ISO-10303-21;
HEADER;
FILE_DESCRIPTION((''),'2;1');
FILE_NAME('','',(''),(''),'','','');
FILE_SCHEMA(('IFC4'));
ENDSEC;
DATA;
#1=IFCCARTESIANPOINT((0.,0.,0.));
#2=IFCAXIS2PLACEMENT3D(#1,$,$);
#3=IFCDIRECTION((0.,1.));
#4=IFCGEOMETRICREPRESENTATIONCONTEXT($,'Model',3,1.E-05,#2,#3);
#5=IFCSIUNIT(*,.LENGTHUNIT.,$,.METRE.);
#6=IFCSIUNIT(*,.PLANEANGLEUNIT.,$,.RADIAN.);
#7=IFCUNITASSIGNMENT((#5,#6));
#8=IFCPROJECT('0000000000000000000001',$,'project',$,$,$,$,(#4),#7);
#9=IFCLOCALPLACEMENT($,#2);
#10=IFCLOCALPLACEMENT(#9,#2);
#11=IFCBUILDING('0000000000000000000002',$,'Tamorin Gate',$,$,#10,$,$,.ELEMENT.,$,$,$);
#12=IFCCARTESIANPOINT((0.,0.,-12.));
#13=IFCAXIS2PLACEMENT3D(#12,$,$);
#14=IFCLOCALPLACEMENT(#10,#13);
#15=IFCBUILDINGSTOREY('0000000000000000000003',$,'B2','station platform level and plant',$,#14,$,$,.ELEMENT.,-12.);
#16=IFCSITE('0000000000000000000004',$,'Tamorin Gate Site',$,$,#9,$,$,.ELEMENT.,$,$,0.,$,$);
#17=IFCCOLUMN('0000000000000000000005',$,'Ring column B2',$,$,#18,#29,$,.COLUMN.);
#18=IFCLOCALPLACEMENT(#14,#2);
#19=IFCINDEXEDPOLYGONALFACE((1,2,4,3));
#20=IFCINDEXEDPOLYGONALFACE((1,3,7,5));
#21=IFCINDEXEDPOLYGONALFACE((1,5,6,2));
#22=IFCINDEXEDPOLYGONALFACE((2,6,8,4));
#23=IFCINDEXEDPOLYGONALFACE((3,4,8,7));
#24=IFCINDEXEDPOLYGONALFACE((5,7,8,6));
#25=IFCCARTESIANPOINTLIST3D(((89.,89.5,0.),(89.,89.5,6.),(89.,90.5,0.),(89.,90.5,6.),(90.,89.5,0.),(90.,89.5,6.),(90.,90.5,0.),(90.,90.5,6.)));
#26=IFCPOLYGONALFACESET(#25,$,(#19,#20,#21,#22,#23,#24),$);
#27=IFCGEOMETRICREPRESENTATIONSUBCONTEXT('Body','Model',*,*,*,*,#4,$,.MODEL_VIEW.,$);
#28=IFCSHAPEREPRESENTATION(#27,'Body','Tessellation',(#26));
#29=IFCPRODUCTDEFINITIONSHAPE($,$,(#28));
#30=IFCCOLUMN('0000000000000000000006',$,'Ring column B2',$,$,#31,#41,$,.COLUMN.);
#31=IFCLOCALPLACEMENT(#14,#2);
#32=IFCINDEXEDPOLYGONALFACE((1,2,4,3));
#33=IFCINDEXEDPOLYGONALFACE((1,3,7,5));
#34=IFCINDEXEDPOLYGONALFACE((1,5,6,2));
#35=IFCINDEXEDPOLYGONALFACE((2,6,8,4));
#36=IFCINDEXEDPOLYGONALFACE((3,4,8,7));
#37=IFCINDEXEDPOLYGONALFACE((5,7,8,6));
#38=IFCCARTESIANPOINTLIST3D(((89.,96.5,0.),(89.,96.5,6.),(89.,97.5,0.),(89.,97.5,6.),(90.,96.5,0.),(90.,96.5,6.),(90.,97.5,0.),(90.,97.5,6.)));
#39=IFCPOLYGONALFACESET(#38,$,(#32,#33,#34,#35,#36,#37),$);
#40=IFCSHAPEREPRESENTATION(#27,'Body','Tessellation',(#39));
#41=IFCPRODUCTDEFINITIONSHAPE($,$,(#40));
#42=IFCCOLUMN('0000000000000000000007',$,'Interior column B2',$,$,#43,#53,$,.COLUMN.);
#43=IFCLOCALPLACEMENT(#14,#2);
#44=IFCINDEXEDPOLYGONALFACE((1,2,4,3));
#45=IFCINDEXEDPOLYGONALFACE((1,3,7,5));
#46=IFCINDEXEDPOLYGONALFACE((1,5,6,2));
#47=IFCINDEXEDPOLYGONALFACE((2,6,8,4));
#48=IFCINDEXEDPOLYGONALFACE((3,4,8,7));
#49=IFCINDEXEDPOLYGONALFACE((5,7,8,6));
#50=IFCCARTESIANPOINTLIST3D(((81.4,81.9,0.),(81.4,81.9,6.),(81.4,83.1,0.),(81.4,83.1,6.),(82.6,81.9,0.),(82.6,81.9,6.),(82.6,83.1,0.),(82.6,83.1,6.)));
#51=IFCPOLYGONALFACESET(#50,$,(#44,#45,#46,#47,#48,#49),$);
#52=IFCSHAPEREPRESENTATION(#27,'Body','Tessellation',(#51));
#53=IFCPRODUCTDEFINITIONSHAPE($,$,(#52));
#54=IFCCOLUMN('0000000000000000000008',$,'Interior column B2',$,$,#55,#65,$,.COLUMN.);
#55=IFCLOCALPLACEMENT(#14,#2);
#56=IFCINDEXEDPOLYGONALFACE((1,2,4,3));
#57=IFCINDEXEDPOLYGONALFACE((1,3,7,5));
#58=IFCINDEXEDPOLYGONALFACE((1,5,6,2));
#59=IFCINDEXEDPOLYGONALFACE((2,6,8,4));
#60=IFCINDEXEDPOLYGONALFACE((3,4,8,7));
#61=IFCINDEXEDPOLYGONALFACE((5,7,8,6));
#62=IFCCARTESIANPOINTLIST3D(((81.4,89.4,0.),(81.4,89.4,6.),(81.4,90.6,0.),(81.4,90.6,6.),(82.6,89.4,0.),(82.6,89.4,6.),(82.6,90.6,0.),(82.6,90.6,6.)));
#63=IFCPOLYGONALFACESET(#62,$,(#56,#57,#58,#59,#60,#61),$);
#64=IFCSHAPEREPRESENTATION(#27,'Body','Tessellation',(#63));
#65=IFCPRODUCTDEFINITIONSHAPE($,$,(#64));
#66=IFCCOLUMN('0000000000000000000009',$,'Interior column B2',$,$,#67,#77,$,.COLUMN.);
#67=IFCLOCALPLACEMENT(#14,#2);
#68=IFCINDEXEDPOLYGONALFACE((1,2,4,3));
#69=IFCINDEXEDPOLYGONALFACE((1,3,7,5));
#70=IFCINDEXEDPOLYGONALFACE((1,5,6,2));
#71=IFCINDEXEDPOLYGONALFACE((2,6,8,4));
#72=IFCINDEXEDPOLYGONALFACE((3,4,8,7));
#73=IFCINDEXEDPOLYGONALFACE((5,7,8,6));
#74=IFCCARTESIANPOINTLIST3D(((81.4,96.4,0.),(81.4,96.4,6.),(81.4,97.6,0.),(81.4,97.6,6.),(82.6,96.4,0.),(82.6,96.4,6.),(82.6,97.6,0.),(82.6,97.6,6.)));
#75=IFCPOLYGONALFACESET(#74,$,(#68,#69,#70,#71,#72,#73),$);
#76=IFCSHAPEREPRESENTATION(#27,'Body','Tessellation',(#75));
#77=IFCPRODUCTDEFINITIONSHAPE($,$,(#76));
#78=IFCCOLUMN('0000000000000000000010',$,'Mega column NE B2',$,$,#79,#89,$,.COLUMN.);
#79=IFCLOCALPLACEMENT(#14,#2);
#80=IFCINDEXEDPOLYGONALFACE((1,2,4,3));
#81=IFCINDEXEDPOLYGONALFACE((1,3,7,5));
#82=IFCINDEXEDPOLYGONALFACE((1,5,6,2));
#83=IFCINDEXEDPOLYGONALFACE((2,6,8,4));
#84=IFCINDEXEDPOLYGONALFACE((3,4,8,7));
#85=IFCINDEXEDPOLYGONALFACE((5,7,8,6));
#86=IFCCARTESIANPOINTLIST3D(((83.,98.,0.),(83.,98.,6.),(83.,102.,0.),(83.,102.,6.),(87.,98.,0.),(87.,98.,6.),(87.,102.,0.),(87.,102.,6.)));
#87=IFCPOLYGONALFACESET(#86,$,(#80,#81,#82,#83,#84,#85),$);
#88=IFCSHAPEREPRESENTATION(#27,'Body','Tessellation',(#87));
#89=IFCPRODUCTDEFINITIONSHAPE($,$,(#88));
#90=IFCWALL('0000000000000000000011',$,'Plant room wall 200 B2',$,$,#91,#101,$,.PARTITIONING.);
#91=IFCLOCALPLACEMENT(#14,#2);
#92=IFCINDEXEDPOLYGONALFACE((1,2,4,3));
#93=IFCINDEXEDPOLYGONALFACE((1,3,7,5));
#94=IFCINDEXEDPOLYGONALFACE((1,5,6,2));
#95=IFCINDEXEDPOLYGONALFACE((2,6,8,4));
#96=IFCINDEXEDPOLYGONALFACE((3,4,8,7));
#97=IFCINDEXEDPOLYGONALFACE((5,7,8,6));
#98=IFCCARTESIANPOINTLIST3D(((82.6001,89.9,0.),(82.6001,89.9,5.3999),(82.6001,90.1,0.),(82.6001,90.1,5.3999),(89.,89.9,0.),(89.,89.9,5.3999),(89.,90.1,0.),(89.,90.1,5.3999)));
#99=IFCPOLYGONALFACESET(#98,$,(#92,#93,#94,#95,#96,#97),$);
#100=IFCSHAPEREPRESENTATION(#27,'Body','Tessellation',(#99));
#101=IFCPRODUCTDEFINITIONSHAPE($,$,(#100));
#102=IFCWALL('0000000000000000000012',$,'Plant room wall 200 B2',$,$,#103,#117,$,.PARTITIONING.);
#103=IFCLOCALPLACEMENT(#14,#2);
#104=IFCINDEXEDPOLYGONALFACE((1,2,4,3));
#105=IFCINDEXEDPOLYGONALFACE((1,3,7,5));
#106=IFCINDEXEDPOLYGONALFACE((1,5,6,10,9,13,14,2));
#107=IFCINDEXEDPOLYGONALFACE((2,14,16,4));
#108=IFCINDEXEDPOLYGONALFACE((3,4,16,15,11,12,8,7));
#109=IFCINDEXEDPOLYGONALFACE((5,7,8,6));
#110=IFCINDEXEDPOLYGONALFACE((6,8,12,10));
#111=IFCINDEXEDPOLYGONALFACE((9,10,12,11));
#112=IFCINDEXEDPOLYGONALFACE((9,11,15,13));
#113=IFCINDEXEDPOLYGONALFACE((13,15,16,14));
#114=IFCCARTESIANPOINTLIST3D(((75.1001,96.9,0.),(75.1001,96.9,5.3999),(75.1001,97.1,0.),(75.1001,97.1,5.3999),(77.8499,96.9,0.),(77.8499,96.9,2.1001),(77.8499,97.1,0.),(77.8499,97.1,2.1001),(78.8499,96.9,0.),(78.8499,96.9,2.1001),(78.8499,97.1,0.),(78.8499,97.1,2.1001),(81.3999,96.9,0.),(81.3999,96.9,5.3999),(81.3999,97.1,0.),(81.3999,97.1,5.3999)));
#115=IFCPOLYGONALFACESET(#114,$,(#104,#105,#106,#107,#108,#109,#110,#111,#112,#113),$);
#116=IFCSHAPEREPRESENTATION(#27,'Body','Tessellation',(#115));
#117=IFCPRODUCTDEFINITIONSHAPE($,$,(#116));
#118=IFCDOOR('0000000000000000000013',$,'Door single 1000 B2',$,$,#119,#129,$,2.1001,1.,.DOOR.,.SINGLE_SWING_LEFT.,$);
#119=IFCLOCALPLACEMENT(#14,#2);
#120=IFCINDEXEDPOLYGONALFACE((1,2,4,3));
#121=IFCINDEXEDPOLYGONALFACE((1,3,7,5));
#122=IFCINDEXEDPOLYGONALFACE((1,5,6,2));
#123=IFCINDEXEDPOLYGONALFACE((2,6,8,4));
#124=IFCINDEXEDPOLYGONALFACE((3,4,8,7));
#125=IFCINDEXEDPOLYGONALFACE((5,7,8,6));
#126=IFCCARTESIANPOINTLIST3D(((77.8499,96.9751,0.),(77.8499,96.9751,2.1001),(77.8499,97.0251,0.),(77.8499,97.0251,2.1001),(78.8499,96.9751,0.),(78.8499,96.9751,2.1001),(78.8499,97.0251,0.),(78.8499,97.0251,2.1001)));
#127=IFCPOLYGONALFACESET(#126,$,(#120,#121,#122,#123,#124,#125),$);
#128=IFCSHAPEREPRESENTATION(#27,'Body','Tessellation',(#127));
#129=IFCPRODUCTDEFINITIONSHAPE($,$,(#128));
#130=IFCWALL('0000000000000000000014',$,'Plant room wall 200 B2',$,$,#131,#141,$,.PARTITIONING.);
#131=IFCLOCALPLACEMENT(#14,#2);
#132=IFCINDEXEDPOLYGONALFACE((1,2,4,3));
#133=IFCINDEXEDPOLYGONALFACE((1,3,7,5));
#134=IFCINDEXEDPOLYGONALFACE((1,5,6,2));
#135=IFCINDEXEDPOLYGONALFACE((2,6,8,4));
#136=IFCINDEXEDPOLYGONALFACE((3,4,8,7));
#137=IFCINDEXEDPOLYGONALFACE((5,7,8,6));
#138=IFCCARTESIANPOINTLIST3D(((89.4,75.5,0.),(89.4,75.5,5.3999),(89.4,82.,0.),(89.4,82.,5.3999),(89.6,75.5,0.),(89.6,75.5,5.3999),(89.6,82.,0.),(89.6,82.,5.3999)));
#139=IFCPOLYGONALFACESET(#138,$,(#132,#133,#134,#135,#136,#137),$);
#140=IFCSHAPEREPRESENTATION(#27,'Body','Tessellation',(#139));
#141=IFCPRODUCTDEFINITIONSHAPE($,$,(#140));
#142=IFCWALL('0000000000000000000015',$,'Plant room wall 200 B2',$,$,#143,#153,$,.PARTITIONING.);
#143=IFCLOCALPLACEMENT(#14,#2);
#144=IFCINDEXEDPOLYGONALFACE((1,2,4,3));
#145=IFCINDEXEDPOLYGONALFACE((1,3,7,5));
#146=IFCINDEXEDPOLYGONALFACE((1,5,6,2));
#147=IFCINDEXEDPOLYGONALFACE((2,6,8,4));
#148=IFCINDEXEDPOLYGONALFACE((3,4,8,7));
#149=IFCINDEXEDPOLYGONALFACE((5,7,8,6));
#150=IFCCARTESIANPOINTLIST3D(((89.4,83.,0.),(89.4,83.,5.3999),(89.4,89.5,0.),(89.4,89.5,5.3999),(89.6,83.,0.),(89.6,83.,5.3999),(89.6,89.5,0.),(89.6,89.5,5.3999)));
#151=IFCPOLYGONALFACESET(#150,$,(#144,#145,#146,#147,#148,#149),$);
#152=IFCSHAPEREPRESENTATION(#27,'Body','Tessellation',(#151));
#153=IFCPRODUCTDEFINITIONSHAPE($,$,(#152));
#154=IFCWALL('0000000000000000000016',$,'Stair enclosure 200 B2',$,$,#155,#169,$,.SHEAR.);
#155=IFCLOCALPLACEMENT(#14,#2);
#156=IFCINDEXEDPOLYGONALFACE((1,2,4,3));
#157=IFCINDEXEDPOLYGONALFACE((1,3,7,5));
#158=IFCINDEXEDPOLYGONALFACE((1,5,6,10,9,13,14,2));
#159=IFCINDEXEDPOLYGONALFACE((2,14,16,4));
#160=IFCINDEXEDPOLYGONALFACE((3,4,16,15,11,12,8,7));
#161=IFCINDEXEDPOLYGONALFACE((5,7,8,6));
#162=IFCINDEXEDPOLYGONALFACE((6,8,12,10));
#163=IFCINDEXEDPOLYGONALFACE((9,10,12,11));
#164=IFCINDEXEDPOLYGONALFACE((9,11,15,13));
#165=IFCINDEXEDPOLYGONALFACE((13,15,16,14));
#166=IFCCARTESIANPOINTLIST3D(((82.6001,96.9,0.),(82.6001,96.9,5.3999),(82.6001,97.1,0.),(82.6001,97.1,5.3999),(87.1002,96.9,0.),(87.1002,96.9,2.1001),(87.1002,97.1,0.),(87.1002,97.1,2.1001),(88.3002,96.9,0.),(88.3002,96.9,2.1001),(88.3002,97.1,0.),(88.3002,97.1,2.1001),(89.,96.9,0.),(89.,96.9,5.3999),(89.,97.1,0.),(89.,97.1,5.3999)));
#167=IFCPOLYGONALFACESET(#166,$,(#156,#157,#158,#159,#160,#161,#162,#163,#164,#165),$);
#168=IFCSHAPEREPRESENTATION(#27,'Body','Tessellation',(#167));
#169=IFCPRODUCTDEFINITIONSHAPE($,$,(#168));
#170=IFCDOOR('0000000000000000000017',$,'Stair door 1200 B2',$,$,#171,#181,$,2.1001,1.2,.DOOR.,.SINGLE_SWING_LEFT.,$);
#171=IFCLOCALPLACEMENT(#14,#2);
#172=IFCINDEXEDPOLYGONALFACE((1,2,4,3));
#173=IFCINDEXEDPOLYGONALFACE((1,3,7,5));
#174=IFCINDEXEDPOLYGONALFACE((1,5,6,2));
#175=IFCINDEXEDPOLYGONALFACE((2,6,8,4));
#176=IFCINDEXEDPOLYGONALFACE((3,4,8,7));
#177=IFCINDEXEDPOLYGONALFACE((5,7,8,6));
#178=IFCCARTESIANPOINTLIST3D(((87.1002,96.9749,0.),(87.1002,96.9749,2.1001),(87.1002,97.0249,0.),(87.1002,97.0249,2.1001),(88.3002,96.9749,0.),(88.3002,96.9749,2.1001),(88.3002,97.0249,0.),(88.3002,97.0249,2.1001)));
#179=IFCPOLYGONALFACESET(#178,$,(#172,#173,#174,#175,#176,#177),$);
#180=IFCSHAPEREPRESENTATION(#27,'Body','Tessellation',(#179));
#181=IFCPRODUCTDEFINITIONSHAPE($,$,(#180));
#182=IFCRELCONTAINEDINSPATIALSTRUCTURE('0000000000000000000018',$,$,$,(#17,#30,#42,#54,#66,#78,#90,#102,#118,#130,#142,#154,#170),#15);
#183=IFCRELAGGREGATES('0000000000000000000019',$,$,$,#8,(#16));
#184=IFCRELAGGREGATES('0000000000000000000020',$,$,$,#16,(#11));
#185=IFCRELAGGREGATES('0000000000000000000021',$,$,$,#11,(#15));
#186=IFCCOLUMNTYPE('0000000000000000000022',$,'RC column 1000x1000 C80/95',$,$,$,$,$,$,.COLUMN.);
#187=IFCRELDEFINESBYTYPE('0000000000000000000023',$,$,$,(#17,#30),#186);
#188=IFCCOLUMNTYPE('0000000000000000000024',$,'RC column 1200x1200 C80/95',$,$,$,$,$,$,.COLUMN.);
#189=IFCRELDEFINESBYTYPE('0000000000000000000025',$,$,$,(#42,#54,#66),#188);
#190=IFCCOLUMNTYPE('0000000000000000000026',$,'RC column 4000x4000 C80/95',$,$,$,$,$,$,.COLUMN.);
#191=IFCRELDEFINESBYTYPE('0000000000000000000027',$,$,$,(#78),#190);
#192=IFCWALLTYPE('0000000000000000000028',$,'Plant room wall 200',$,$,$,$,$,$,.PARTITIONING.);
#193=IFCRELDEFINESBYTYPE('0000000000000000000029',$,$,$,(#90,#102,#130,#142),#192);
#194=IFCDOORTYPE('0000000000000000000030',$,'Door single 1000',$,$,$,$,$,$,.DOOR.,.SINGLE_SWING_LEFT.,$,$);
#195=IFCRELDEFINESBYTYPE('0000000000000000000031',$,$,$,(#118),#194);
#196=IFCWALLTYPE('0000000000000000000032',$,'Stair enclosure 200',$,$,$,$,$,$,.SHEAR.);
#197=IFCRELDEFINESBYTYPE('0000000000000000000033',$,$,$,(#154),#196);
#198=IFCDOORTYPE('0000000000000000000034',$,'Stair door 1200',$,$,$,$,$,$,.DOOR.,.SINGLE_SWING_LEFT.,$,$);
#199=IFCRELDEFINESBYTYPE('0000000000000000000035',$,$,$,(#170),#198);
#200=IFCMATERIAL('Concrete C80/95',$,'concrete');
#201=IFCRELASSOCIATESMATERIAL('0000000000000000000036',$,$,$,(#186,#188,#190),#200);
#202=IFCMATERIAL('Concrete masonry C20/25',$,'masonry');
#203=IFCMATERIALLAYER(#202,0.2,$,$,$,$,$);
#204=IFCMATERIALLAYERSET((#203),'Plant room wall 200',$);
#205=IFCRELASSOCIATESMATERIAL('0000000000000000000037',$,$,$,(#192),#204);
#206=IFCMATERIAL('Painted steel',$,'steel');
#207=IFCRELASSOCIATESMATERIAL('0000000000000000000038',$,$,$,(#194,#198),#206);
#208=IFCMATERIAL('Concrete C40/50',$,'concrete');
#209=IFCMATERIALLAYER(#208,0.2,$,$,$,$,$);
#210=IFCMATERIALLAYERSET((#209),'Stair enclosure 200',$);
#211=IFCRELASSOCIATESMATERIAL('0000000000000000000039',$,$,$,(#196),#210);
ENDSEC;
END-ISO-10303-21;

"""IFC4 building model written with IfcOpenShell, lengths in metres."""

from ifc_helpers import new_model, si_unit, direction, frame, frame_2d, origin, origin_2d, place, context, subcontext, project, spatial, rectangle, extrude, material, layer, layer_set, material_profile, profile_set, type_object, element, fill, save


model = new_model("IFC4")

# Units and contexts
model_context = context("Model", 3, precision=1e-05, world=origin(), true_north=direction((0.0, 1.0)))
body_context = subcontext(model_context, "Body", "Model", "MODEL_VIEW")
ifc_project = project(units=[si_unit("LENGTHUNIT", "METRE"), si_unit("PLANEANGLEUNIT", "RADIAN")], contexts=[model_context])

# Site, building, storey
site_placement = place(None, origin())
site = spatial("IfcSite", under=ifc_project, at=site_placement, Name="Tamorin Gate Site", CompositionType="ELEMENT", RefElevation=0.0)
building_placement = place(site_placement, origin())
building = spatial("IfcBuilding", under=site, at=building_placement, Name="Tamorin Gate", CompositionType="ELEMENT")
storey_placement = place(building_placement, frame((0.0, 0.0, -12.0)))
storey = spatial("IfcBuildingStorey", under=building, at=storey_placement, Name="B2", Description="station platform level and plant", CompositionType="ELEMENT", Elevation=-12.0)

# Shared definitions
ifc_material_1 = material(Name="Concrete C40/50", Category="concrete")

# Columns
ifc_material_2 = material(Name="Concrete C80/95", Category="concrete")
ifc_material_profile_1 = material_profile(ifc_material_2, rectangle(XDim=1.0, YDim=1.0, at=origin_2d()), Name="RC 1000x1000")
ifc_profile_set_1 = profile_set([ifc_material_profile_1], Name="Concrete C80/95")
column_type_1 = type_object("IfcColumnType", Name="RC column 1000x1000 C80/95", PredefinedType="COLUMN", material=ifc_profile_set_1)
for number, where, z_axis, x_axis, name in (
    (1, (89.5, 90.0, 0.0), (0.0, 0.0, 1.0), (1.0, 0.0, 0.0), "Ring column B2"),
    (2, (89.5, 97.0, 0.0), (0.0, 0.0, 1.0), (1.0, 0.0, 0.0), "Ring column B2"),
):
    element("IfcColumn", number, at=place(storey_placement, frame(where, z_axis=z_axis, x_axis=x_axis)), inside=storey, type_object=column_type_1, Name=name, PredefinedType="COLUMN", context=body_context, shape_type="SweptSolid", body=[
        extrude(rectangle(XDim=1.0, YDim=1.0, at=origin_2d()), origin(), (0.0, 0.0, 1.0), 6.0),
    ])
ifc_material_profile_2 = material_profile(ifc_material_2, rectangle(XDim=1.2, YDim=1.2, at=origin_2d()), Name="RC 1200x1200")
ifc_profile_set_2 = profile_set([ifc_material_profile_2], Name="Concrete C80/95")
column_type_2 = type_object("IfcColumnType", Name="RC column 1200x1200 C80/95", PredefinedType="COLUMN", material=ifc_profile_set_2)
for number, where, z_axis, x_axis, name in (
    (3, (82.0, 82.5, 0.0), (0.0, 0.0, 1.0), (1.0, 0.0, 0.0), "Interior column B2"),
    (4, (82.0, 90.0, 0.0), (0.0, 0.0, 1.0), (1.0, 0.0, 0.0), "Interior column B2"),
    (5, (82.0, 97.0, 0.0), (0.0, 0.0, 1.0), (1.0, 0.0, 0.0), "Interior column B2"),
):
    element("IfcColumn", number, at=place(storey_placement, frame(where, z_axis=z_axis, x_axis=x_axis)), inside=storey, type_object=column_type_2, Name=name, PredefinedType="COLUMN", context=body_context, shape_type="SweptSolid", body=[
        extrude(rectangle(XDim=1.2, YDim=1.2, at=origin_2d()), origin(), (0.0, 0.0, 1.0), 6.0),
    ])
ifc_material_profile_3 = material_profile(ifc_material_2, rectangle(XDim=4.0, YDim=4.0, at=origin_2d()), Name="RC 4000x4000")
ifc_profile_set_3 = profile_set([ifc_material_profile_3], Name="Concrete C80/95")
column_type_3 = type_object("IfcColumnType", Name="RC column 4000x4000 C80/95", PredefinedType="COLUMN", material=ifc_profile_set_3)
column_placement = place(storey_placement, frame((85.0, 100.0, 0.0), z_axis=(0.0, 0.0, 1.0), x_axis=(1.0, 0.0, 0.0)))
element("IfcColumn", 6, at=column_placement, inside=storey, type_object=column_type_3, Name="Mega column NE B2", PredefinedType="COLUMN", context=body_context, shape_type="SweptSolid", body=[
    extrude(rectangle(XDim=4.0, YDim=4.0, at=origin_2d()), origin(), (0.0, 0.0, 1.0), 6.0),
])

# Wall
ifc_material_3 = material(Name="Concrete masonry C20/25", Category="masonry")
ifc_layer_1 = layer(ifc_material_3, 0.2)
ifc_layer_set_1 = layer_set([ifc_layer_1], Name="Plant room wall 200")
wall_type_1 = type_object("IfcWallType", Name="Plant room wall 200", PredefinedType="PARTITIONING", material=ifc_layer_set_1)
wall_1_placement = place(storey_placement, frame((82.6001, 90.0, 0.0), z_axis=(0.0, 0.0, 1.0), x_axis=(1.0, 0.0, 0.0)))
element("IfcWall", 7, at=wall_1_placement, inside=storey, type_object=wall_type_1, Name="Plant room wall 200 B2", PredefinedType="PARTITIONING", context=body_context, shape_type="SweptSolid", body=[
    extrude(rectangle(XDim=6.3999, YDim=0.2, at=frame_2d((3.2, 0.0))), origin(), (0.0, 0.0, 1.0), 5.3999),
])

# Wall, opening, door
wall_2_placement = place(storey_placement, frame((81.3999, 97.0, 0.0), z_axis=(0.0, 0.0, 1.0), x_axis=(-1.0, 0.0, 0.0)))
wall_2 = element("IfcWall", 8, at=wall_2_placement, inside=storey, type_object=wall_type_1, Name="Plant room wall 200 B2", PredefinedType="PARTITIONING", context=body_context, shape_type="SweptSolid", body=[
    extrude(rectangle(XDim=6.2998, YDim=0.2, at=frame_2d((3.1499, 0.0))), origin(), (0.0, 0.0, 1.0), 5.3999),
])
opening_1_placement = place(wall_2_placement, frame((2.55, 0.0, 0.0)))
opening_1 = element("IfcOpeningElement", 9, at=opening_1_placement, cuts=wall_2, PredefinedType="OPENING", context=body_context, shape_type="SweptSolid", body=[
    extrude(rectangle(XDim=1.0, YDim=2.1001, at=frame_2d((0.5, 1.05))), frame((0.0, 0.1099, 0.0), z_axis=(0.0, -1.0, 0.0), x_axis=(1.0, 0.0, 0.0)), (0.0, 0.0, 1.0), 0.22),
])
ifc_material_4 = material(Name="Painted steel", Category="steel")
door_type_1 = type_object("IfcDoorType", Name="Door single 1000", OperationType="SINGLE_SWING_LEFT", PredefinedType="DOOR", material=ifc_material_4)
door_1_placement = place(opening_1_placement, origin())
door_1 = element("IfcDoor", 10, at=door_1_placement, inside=storey, type_object=door_type_1, Name="Door single 1000 B2", OperationType="SINGLE_SWING_LEFT", OverallHeight=2.1001, OverallWidth=1.0, PredefinedType="DOOR", context=body_context, shape_type="SweptSolid", body=[
    extrude(rectangle(XDim=1.0, YDim=2.1001, at=frame_2d((0.5, 1.05))), frame((0.0, 0.0249, 0.0), z_axis=(0.0, -1.0, 0.0), x_axis=(1.0, 0.0, 0.0)), (0.0, 0.0, 1.0), 0.05),
])
fill(opening_1, door_1)

# Walls
for number, where, z_axis, x_axis, name in (
    (11, (89.5, 75.5, 0.0), (0.0, 0.0, 1.0), (0.0, 1.0, 0.0), "Plant room wall 200 B2"),
    (12, (89.5, 83.0, 0.0), (0.0, 0.0, 1.0), (0.0, 1.0, 0.0), "Plant room wall 200 B2"),
):
    element("IfcWall", number, at=place(storey_placement, frame(where, z_axis=z_axis, x_axis=x_axis)), inside=storey, type_object=wall_type_1, Name=name, PredefinedType="PARTITIONING", context=body_context, shape_type="SweptSolid", body=[
        extrude(rectangle(XDim=6.5, YDim=0.2, at=frame_2d((3.25, 0.0))), origin(), (0.0, 0.0, 1.0), 5.3999),
    ])

# Wall, opening, door
ifc_layer_2 = layer(ifc_material_1, 0.2)
ifc_layer_set_2 = layer_set([ifc_layer_2], Name="Stair enclosure 200")
wall_type_2 = type_object("IfcWallType", Name="Stair enclosure 200", PredefinedType="SHEAR", material=ifc_layer_set_2)
wall_3_placement = place(storey_placement, frame((82.6001, 97.0, 0.0), z_axis=(0.0, 0.0, 1.0), x_axis=(1.0, 0.0, 0.0)))
wall_3 = element("IfcWall", 13, at=wall_3_placement, inside=storey, type_object=wall_type_2, Name="Stair enclosure 200 B2", PredefinedType="SHEAR", context=body_context, shape_type="SweptSolid", body=[
    extrude(rectangle(XDim=6.3999, YDim=0.2, at=frame_2d((3.2, 0.0))), origin(), (0.0, 0.0, 1.0), 5.3999),
])
opening_2_placement = place(wall_3_placement, frame((4.5, 0.0, 0.0)))
opening_2 = element("IfcOpeningElement", 14, at=opening_2_placement, cuts=wall_3, PredefinedType="OPENING", context=body_context, shape_type="SweptSolid", body=[
    extrude(rectangle(XDim=1.2, YDim=2.1001, at=frame_2d((0.6001, 1.05))), frame((0.0, 0.1099, 0.0), z_axis=(0.0, -1.0, 0.0), x_axis=(1.0, 0.0, 0.0)), (0.0, 0.0, 1.0), 0.22),
])
door_type_2 = type_object("IfcDoorType", Name="Stair door 1200", OperationType="SINGLE_SWING_LEFT", PredefinedType="DOOR", material=ifc_material_4)
door_2_placement = place(opening_2_placement, origin())
door_2 = element("IfcDoor", 15, at=door_2_placement, inside=storey, type_object=door_type_2, Name="Stair door 1200 B2", OperationType="SINGLE_SWING_LEFT", OverallHeight=2.1001, OverallWidth=1.2, PredefinedType="DOOR", context=body_context, shape_type="SweptSolid", body=[
    extrude(rectangle(XDim=1.2, YDim=2.1001, at=frame_2d((0.6001, 1.05))), frame((0.0, 0.0249, 0.0), z_axis=(0.0, -1.0, 0.0), x_axis=(1.0, 0.0, 0.0)), (0.0, 0.0, 1.0), 0.05),
])
fill(opening_2, door_2)

save(model, "model.ifc")
